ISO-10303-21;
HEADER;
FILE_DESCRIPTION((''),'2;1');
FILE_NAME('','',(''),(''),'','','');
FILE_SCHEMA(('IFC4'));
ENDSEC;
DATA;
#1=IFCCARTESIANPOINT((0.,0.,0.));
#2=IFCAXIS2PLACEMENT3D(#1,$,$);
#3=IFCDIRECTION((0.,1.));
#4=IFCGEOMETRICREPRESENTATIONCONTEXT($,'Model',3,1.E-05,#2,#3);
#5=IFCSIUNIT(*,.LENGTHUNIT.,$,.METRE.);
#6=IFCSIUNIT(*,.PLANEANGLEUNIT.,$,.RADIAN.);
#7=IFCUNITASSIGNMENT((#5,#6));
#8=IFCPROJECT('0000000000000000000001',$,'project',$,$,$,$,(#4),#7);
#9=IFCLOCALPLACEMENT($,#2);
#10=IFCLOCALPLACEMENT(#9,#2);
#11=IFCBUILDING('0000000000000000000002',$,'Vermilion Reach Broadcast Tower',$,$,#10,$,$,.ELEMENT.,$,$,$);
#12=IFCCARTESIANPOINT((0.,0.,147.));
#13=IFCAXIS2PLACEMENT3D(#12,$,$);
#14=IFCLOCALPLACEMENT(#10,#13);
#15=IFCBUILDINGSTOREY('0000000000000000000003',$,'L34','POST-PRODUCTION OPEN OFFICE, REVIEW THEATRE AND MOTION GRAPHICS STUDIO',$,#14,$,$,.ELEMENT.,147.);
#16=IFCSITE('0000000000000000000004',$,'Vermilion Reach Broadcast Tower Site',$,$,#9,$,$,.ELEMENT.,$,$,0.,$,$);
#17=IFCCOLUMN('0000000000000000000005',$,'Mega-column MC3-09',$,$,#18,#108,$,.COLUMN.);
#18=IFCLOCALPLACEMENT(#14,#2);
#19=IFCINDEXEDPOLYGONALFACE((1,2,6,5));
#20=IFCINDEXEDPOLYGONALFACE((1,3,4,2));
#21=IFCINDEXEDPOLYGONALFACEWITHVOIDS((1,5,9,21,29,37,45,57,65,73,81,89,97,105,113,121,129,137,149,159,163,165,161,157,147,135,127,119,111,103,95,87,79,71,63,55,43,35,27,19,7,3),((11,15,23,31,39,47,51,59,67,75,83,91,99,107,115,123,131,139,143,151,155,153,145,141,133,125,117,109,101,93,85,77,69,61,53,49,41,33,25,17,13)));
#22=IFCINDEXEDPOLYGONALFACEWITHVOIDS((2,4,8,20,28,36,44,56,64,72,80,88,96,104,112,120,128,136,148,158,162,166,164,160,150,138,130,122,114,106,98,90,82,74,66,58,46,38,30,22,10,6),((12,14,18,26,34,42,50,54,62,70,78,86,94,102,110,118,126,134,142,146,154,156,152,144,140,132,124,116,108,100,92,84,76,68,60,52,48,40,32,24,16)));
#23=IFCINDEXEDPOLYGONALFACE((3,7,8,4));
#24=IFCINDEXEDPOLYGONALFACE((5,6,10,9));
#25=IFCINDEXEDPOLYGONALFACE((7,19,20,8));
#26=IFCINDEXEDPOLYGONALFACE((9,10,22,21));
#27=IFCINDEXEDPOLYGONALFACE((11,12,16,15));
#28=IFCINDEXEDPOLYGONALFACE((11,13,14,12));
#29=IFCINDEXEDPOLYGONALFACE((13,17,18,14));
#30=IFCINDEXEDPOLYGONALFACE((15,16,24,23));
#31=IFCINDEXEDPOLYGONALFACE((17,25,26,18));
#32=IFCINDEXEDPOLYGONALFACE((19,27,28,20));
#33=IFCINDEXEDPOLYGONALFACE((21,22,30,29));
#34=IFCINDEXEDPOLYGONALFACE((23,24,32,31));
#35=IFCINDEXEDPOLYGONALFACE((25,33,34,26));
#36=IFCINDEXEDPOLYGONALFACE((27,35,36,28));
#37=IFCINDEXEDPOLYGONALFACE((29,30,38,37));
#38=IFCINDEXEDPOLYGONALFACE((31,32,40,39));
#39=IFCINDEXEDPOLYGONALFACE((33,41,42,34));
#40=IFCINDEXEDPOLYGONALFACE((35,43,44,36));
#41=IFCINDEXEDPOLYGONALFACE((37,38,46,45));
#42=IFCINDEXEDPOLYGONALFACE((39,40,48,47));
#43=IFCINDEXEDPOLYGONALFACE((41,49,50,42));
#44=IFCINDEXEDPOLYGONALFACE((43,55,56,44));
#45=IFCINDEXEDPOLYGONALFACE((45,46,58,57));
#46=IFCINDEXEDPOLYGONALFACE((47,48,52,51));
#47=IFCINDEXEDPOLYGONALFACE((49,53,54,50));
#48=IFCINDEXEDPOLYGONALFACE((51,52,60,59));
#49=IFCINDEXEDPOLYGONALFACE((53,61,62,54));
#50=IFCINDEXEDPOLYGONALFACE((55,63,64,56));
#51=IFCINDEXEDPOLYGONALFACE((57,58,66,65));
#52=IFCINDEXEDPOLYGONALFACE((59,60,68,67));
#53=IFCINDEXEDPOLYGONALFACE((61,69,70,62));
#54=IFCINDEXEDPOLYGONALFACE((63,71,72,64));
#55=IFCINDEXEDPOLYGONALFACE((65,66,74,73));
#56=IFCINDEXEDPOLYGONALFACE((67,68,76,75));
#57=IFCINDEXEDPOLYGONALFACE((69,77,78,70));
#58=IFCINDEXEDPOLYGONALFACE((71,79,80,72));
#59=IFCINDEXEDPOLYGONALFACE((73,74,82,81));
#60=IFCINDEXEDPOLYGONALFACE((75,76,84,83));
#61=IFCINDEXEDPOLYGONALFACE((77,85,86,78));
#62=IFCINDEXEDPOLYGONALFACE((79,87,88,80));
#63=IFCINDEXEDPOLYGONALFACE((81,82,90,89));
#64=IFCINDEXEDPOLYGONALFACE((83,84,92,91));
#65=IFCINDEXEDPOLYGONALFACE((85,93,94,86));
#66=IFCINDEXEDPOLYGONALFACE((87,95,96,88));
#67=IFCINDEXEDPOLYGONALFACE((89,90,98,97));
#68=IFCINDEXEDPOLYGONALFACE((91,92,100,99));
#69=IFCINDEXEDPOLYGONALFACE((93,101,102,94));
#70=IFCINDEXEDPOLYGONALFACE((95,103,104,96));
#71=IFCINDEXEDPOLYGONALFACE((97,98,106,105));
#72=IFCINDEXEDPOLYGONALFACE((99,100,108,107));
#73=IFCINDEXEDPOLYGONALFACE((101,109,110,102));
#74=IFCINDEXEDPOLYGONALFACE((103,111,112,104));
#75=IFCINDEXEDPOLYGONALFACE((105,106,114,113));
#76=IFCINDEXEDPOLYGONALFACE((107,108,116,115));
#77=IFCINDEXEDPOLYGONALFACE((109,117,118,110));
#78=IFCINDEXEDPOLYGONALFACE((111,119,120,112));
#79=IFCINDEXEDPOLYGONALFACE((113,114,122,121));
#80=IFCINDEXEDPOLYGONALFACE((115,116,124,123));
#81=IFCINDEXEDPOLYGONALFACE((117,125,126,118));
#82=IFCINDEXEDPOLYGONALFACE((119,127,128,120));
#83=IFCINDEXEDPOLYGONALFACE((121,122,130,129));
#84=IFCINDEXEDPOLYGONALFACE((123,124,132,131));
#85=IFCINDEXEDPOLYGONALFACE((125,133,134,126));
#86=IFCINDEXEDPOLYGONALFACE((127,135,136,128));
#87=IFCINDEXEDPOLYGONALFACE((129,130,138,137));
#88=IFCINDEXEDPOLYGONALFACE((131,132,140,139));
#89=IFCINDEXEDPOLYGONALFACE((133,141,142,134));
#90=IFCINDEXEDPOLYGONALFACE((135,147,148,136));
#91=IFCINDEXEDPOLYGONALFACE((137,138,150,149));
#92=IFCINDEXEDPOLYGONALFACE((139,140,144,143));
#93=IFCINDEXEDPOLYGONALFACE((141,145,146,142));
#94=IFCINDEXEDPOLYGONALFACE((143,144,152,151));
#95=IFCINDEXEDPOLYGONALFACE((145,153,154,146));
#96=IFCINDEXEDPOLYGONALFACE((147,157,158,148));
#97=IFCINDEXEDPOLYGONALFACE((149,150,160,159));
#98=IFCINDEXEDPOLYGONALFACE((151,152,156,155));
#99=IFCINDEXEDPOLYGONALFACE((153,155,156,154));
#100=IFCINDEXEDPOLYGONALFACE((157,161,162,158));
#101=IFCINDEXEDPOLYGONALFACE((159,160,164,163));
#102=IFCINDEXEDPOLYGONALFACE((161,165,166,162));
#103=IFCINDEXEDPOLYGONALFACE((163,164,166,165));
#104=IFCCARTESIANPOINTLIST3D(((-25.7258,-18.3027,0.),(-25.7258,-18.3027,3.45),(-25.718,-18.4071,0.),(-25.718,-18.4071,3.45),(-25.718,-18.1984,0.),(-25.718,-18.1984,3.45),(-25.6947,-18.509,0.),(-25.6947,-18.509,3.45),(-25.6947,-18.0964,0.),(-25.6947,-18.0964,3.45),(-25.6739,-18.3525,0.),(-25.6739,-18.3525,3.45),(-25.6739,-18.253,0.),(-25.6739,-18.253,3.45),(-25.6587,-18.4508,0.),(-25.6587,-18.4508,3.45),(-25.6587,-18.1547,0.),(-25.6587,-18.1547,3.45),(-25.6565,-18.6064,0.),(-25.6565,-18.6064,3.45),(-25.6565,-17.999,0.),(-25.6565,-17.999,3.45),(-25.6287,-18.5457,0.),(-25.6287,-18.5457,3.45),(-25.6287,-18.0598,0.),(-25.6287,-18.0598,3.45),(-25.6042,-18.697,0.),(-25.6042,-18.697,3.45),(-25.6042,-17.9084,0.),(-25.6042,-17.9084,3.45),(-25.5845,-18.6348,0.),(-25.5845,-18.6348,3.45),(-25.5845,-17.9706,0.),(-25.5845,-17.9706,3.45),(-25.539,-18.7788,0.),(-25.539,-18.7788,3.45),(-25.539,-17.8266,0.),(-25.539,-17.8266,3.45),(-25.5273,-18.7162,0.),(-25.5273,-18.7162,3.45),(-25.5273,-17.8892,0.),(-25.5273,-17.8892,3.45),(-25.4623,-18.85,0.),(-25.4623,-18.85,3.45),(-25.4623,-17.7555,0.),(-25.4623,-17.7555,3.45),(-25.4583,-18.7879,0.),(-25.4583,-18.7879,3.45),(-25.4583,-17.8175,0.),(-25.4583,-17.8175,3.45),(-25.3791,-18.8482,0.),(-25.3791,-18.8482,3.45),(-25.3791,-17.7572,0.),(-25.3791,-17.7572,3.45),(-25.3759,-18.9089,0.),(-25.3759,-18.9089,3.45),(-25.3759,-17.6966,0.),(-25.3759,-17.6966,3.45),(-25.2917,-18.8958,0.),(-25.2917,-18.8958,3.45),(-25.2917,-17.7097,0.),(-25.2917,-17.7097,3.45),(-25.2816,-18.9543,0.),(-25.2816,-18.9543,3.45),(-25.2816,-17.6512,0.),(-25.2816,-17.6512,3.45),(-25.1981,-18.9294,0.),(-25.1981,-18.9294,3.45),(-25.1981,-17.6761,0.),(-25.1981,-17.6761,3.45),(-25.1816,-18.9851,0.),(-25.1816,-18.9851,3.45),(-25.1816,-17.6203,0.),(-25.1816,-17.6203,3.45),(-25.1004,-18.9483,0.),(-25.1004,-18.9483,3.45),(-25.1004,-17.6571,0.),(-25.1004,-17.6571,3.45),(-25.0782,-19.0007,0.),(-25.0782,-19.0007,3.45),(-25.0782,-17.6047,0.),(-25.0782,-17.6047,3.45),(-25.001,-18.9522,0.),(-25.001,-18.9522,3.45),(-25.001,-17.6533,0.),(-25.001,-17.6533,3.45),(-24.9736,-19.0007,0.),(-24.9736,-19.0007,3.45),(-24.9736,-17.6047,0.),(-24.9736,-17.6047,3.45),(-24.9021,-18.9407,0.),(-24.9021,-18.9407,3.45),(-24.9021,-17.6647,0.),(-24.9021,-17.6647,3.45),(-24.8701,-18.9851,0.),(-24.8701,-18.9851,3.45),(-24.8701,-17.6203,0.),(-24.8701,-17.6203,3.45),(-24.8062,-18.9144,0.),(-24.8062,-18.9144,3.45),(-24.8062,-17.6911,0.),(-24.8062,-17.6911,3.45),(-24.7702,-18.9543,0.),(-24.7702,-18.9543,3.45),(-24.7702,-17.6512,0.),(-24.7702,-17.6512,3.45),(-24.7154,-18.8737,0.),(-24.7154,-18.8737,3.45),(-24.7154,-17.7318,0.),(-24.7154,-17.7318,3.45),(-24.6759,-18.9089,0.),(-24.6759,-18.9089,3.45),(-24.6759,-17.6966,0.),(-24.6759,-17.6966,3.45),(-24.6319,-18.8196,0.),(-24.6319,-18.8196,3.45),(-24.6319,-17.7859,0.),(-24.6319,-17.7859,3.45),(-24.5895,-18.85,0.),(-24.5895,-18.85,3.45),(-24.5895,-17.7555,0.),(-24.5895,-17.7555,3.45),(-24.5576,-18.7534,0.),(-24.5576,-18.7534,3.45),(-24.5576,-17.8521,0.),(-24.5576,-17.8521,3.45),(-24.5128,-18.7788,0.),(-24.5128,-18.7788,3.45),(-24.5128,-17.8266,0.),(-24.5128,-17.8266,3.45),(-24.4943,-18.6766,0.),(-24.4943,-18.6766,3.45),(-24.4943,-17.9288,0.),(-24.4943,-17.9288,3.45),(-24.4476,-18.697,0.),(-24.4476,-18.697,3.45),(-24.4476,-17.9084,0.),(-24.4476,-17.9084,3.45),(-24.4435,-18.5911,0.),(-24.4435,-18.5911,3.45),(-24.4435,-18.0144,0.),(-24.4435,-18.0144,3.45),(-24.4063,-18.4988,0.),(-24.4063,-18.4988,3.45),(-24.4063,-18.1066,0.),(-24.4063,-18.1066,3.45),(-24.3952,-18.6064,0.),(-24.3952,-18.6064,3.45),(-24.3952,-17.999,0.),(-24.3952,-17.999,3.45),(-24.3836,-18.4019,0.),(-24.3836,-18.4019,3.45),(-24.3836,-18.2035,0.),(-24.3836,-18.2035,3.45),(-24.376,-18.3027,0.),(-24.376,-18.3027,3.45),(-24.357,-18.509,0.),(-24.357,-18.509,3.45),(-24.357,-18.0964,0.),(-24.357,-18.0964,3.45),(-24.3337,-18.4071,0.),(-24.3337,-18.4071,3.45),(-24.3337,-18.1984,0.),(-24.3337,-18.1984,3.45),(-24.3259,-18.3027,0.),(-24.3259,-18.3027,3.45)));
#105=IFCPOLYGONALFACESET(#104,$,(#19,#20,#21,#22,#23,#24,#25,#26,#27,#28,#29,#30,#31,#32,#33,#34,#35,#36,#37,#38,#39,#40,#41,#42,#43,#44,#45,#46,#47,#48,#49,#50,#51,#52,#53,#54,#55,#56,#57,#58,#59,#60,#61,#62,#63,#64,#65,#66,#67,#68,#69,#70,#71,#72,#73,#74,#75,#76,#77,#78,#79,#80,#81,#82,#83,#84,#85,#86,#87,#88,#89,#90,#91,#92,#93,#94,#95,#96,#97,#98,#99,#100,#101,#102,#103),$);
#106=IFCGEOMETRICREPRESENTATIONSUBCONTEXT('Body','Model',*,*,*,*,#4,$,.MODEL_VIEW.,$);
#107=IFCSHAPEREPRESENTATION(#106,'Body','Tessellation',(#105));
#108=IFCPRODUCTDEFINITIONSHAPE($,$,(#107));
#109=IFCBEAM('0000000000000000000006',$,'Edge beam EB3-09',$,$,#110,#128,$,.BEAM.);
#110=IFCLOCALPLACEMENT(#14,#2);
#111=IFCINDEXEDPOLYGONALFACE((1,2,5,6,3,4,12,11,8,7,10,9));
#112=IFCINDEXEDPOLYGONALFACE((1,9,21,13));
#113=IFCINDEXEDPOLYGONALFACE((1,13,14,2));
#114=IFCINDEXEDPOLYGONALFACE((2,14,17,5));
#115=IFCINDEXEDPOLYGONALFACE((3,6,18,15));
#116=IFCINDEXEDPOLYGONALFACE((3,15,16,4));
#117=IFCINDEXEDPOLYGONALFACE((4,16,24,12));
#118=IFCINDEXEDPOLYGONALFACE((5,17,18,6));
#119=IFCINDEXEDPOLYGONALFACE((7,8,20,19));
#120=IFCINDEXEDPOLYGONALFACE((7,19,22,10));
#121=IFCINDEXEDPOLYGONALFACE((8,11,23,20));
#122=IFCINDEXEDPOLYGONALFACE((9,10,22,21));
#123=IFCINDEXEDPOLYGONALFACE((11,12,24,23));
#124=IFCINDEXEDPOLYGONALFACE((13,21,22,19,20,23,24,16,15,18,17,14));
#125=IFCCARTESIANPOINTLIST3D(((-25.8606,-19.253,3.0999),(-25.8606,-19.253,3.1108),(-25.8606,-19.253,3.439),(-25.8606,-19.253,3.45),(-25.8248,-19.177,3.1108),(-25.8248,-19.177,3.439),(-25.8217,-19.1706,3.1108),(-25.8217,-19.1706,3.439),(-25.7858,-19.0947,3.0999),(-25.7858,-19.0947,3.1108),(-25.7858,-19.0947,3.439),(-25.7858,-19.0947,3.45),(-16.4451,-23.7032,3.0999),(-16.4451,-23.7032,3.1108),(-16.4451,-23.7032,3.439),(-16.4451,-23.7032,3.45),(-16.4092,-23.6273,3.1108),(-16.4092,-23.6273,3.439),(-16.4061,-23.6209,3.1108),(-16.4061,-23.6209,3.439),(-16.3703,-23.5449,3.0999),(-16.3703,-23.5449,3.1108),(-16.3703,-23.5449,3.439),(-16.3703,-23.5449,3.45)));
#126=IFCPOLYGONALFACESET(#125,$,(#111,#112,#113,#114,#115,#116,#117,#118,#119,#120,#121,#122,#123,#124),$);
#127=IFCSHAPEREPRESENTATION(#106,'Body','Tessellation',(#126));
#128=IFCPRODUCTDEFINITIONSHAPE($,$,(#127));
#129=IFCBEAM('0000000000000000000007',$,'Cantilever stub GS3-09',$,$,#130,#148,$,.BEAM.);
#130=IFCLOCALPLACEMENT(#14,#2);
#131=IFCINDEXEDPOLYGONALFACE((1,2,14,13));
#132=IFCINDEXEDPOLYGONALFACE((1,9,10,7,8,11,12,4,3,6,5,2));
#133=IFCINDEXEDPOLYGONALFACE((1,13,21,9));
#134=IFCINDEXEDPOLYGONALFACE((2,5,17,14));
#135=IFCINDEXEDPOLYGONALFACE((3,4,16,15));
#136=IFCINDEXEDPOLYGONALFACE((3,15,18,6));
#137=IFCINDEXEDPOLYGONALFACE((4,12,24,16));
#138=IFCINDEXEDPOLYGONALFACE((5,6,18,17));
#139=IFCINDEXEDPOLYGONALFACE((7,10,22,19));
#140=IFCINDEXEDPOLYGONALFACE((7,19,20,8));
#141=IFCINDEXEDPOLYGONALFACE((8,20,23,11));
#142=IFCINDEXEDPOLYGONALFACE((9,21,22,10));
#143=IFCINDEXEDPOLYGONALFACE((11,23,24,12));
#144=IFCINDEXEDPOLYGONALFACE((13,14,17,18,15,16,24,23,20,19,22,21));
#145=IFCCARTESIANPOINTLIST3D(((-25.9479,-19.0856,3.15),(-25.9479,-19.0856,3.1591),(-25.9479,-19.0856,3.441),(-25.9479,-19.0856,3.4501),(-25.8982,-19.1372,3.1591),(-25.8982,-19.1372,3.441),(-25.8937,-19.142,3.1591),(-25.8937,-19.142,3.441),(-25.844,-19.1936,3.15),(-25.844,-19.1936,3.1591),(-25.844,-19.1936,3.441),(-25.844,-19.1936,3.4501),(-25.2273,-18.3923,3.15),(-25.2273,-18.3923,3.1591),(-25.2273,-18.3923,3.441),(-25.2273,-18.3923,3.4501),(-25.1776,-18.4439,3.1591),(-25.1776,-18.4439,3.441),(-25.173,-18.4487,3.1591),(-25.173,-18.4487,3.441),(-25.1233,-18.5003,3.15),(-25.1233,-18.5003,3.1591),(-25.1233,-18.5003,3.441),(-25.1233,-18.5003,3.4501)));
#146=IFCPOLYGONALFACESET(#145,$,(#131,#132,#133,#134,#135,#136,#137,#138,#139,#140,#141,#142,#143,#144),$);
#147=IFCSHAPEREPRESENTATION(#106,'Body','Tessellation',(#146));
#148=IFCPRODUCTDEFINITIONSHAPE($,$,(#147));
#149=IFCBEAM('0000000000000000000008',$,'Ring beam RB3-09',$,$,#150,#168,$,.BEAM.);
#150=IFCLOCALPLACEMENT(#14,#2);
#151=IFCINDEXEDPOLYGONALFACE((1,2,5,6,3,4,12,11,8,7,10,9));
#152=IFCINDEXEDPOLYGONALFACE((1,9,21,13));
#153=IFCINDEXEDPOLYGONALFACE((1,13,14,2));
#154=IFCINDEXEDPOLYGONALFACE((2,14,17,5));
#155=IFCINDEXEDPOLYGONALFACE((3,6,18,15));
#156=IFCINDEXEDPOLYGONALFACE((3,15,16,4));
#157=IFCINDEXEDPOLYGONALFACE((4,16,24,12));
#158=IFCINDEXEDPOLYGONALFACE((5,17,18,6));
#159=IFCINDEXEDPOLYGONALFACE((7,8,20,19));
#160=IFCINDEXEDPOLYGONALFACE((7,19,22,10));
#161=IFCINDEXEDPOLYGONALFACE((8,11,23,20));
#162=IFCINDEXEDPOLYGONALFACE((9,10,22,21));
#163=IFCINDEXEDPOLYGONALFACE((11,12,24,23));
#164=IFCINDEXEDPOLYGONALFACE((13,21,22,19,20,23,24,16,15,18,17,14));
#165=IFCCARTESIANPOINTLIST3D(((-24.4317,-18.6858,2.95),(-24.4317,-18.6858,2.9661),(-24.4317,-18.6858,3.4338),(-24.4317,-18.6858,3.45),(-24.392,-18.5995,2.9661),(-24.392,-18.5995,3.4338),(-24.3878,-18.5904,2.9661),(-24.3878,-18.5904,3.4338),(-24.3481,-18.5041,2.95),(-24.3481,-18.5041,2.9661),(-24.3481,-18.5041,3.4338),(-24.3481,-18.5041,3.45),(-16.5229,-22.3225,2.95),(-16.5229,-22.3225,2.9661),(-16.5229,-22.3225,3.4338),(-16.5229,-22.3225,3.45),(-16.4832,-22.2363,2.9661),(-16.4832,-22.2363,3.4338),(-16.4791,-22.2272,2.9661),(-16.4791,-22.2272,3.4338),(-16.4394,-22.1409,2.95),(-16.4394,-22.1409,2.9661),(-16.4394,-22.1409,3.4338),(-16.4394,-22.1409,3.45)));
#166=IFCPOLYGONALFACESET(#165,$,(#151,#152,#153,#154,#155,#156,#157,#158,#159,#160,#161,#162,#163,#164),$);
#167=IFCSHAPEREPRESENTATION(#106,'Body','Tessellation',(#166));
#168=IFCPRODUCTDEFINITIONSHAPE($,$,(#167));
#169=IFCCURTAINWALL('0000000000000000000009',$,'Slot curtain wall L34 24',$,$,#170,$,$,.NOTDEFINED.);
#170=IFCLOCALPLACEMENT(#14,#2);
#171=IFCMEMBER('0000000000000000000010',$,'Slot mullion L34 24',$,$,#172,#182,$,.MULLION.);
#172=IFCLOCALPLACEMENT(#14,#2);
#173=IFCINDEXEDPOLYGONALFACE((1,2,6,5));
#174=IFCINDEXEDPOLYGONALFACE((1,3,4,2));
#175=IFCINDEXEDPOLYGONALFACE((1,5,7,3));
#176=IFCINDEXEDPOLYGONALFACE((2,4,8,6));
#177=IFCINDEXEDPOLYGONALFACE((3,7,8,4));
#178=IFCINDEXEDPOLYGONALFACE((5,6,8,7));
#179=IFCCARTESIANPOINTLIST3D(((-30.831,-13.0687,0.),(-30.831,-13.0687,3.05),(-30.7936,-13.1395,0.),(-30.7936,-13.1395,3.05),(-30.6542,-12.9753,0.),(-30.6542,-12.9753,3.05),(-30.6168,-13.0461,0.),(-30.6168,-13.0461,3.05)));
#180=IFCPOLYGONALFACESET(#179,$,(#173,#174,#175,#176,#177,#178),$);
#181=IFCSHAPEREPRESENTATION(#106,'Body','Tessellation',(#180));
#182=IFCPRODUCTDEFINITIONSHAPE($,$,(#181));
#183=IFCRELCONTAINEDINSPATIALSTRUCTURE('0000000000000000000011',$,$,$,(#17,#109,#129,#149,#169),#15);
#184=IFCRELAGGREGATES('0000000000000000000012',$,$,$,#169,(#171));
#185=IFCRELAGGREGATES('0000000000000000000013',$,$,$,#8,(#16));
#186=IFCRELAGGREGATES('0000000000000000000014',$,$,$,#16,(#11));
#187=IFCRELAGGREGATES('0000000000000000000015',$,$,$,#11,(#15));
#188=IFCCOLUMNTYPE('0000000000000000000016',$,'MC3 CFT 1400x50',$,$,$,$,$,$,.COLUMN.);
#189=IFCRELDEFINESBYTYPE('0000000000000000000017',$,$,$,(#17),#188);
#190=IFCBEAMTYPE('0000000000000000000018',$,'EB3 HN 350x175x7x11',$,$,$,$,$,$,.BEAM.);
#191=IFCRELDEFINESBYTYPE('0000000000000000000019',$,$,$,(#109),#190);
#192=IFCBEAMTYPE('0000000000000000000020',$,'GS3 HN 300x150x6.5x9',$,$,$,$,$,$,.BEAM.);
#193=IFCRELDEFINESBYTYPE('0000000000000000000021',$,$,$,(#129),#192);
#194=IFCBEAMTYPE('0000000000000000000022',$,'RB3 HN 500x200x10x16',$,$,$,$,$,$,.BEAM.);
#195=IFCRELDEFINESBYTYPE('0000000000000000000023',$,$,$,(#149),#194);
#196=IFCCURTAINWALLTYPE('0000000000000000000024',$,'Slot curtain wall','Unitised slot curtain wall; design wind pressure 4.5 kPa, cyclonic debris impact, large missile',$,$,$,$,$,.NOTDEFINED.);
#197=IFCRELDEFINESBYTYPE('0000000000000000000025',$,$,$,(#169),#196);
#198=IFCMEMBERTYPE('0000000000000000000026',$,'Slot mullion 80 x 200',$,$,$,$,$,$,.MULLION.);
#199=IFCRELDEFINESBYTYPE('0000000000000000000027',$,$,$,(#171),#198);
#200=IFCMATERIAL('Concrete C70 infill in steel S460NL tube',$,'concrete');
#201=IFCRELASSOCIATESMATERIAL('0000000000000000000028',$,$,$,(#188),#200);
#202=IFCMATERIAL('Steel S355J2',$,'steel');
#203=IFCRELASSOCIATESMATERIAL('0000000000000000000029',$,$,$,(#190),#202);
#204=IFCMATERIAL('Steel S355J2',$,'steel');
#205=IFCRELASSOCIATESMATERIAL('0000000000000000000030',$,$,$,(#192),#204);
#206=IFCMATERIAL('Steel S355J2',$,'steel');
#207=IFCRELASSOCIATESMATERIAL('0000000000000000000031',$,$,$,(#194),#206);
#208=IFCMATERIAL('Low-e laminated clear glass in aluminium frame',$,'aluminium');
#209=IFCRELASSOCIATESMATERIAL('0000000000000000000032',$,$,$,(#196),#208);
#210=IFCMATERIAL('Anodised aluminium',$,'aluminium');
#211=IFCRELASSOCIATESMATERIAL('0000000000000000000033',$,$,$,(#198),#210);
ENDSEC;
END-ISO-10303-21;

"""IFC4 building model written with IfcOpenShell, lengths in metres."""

from ifc_helpers import new_model, si_unit, direction, frame, origin, origin_2d, place, context, subcontext, project, spatial, rectangle, hollow_circle, i_section, extrude, material, material_profile, profile_set, type_object, element, aggregate, save


model = new_model("IFC4")

# Units and contexts
model_context = context("Model", 3, precision=1e-05, world=origin(), true_north=direction((0.0, 1.0)))
body_context = subcontext(model_context, "Body", "Model", "MODEL_VIEW")
ifc_project = project(units=[si_unit("LENGTHUNIT", "METRE"), si_unit("PLANEANGLEUNIT", "RADIAN")], contexts=[model_context])

# Site, building, storey
site_placement = place(None, origin())
site = spatial("IfcSite", under=ifc_project, at=site_placement, Name="Vermilion Reach Broadcast Tower Site", CompositionType="ELEMENT", RefElevation=0.0)
building_placement = place(site_placement, origin())
building = spatial("IfcBuilding", under=site, at=building_placement, Name="Vermilion Reach Broadcast Tower", CompositionType="ELEMENT")
storey_placement = place(building_placement, frame((0.0, 0.0, 147.0)))
storey = spatial("IfcBuildingStorey", under=building, at=storey_placement, Name="L34", Description="POST-PRODUCTION OPEN OFFICE, REVIEW THEATRE AND MOTION GRAPHICS STUDIO", CompositionType="ELEMENT", Elevation=147.0)

# Column
ifc_material_1 = material(Name="Concrete C70 infill in steel S460NL tube", Category="concrete")
ifc_material_profile_1 = material_profile(ifc_material_1, hollow_circle(Radius=0.7, WallThickness=0.05, at=origin_2d()), Name="Concrete C70 infill in steel S460NL tube CFT 1400x50")
ifc_profile_set_1 = profile_set([ifc_material_profile_1], Name="Concrete C70 infill in steel S460NL tube")
column_type = type_object("IfcColumnType", Name="MC3 CFT 1400x50", PredefinedType="COLUMN", material=ifc_profile_set_1)
column_placement = place(storey_placement, frame((-25.0259, -18.3027, 0.0), z_axis=(0.0, 0.0, 1.0), x_axis=(1.0, 0.0, 0.0)))
element("IfcColumn", 1, at=column_placement, inside=storey, type_object=column_type, Name="Mega-column MC3-09", PredefinedType="COLUMN", context=body_context, shape_type="SweptSolid", body=[
    extrude(hollow_circle(Radius=0.7, WallThickness=0.05, at=origin_2d()), origin(), (0.0, 0.0, 1.0), 3.45),
])

# Beams
ifc_material_2 = material(Name="Steel S355J2", Category="steel")
ifc_material_profile_2 = material_profile(ifc_material_2, i_section(OverallWidth=0.175, OverallDepth=0.3501, WebThickness=0.0071, FlangeThickness=0.011, at=origin_2d()), Name="S355J2 HN 350x175x7x11")
ifc_profile_set_2 = profile_set([ifc_material_profile_2], Name="Steel S355J2")
beam_type_1 = type_object("IfcBeamType", Name="EB3 HN 350x175x7x11", PredefinedType="BEAM", material=ifc_profile_set_2)
beam_1_placement = place(storey_placement, frame((-25.8232, -19.1738, 3.2749), z_axis=(0.904101, -0.427318, 0.0), x_axis=(0.427318, 0.904101, 0.0)))
element("IfcBeam", 2, at=beam_1_placement, inside=storey, type_object=beam_type_1, Name="Edge beam EB3-09", PredefinedType="BEAM", context=body_context, shape_type="SweptSolid", body=[
    extrude(i_section(OverallWidth=0.175, OverallDepth=0.3501, WebThickness=0.0071, FlangeThickness=0.011, at=origin_2d()), origin(), (0.0, 0.0, 1.0), 10.4143),
])
ifc_material_3 = material(Name="Steel S355J2", Category="steel")
ifc_material_profile_3 = material_profile(ifc_material_3, i_section(OverallWidth=0.1499, OverallDepth=0.3, WebThickness=0.0066, FlangeThickness=0.009, at=origin_2d()), Name="S355J2 HN 300x150x6.5x9")
ifc_profile_set_3 = profile_set([ifc_material_profile_3], Name="Steel S355J2")
beam_type_2 = type_object("IfcBeamType", Name="GS3 HN 300x150x6.5x9", PredefinedType="BEAM", material=ifc_profile_set_3)
beam_2_placement = place(storey_placement, frame((-25.1753, -18.4463, 3.3), z_axis=(-0.720645, -0.693304, 0.0), x_axis=(0.693304, -0.720645, 0.0)))
element("IfcBeam", 3, at=beam_2_placement, inside=storey, type_object=beam_type_2, Name="Cantilever stub GS3-09", PredefinedType="BEAM", context=body_context, shape_type="SweptSolid", body=[
    extrude(i_section(OverallWidth=0.1499, OverallDepth=0.3, WebThickness=0.0066, FlangeThickness=0.009, at=origin_2d()), origin(), (0.0, 0.0, 1.0), 1.0),
])
ifc_material_4 = material(Name="Steel S355J2", Category="steel")
ifc_material_profile_4 = material_profile(ifc_material_4, i_section(OverallWidth=0.2, OverallDepth=0.5, WebThickness=0.01, FlangeThickness=0.0161, at=origin_2d()), Name="S355J2 HN 500x200x10x16")
ifc_profile_set_4 = profile_set([ifc_material_profile_4], Name="Steel S355J2")
beam_type_3 = type_object("IfcBeamType", Name="RB3 HN 500x200x10x16", PredefinedType="BEAM", material=ifc_profile_set_4)
beam_3_placement = place(storey_placement, frame((-24.3899, -18.595, 3.2), z_axis=(0.908546, -0.417784, 0.0), x_axis=(0.417784, 0.908546, 0.0)))
element("IfcBeam", 4, at=beam_3_placement, inside=storey, type_object=beam_type_3, Name="Ring beam RB3-09", PredefinedType="BEAM", context=body_context, shape_type="SweptSolid", body=[
    extrude(i_section(OverallWidth=0.2, OverallDepth=0.5, WebThickness=0.01, FlangeThickness=0.0161, at=origin_2d()), origin(), (0.0, 0.0, 1.0), 8.7048),
])

# Curtain wall, member
ifc_material_5 = material(Name="Low-e laminated clear glass in aluminium frame", Category="aluminium")
curtain_wall_type = type_object("IfcCurtainWallType", Name="Slot curtain wall", Description="Unitised slot curtain wall; design wind pressure 4.5 kPa, cyclonic debris impact, large missile", PredefinedType="NOTDEFINED", material=ifc_material_5)
placement = place(storey_placement, origin())
curtain_wall_1 = element("IfcCurtainWall", 5, at=placement, inside=storey, type_object=curtain_wall_type, Name="Slot curtain wall L34 24", PredefinedType="NOTDEFINED")
ifc_material_6 = material(Name="Anodised aluminium", Category="aluminium")
ifc_material_profile_5 = material_profile(ifc_material_6, rectangle(XDim=0.2, YDim=0.0801, at=origin_2d()), Name="Slot mullion 80 x 200")
ifc_profile_set_5 = profile_set([ifc_material_profile_5], Name="Anodised aluminium")
member_type_1 = type_object("IfcMemberType", Name="Slot mullion 80 x 200", PredefinedType="MULLION", material=ifc_profile_set_5)
member_1_placement = place(storey_placement, frame((-30.7239, -13.0574, 0.0), z_axis=(0.0, 0.0, 1.0), x_axis=(0.884255, 0.467004, 0.0)))
member_1 = element("IfcMember", 6, at=member_1_placement, type_object=member_type_1, Name="Slot mullion L34 24", PredefinedType="MULLION", context=body_context, shape_type="SweptSolid", body=[
    extrude(rectangle(XDim=0.2, YDim=0.0801, at=origin_2d()), origin(), (0.0, 0.0, 1.0), 3.05),
])

aggregate(curtain_wall_1, [member_1])

save(model, "model.ifc")
